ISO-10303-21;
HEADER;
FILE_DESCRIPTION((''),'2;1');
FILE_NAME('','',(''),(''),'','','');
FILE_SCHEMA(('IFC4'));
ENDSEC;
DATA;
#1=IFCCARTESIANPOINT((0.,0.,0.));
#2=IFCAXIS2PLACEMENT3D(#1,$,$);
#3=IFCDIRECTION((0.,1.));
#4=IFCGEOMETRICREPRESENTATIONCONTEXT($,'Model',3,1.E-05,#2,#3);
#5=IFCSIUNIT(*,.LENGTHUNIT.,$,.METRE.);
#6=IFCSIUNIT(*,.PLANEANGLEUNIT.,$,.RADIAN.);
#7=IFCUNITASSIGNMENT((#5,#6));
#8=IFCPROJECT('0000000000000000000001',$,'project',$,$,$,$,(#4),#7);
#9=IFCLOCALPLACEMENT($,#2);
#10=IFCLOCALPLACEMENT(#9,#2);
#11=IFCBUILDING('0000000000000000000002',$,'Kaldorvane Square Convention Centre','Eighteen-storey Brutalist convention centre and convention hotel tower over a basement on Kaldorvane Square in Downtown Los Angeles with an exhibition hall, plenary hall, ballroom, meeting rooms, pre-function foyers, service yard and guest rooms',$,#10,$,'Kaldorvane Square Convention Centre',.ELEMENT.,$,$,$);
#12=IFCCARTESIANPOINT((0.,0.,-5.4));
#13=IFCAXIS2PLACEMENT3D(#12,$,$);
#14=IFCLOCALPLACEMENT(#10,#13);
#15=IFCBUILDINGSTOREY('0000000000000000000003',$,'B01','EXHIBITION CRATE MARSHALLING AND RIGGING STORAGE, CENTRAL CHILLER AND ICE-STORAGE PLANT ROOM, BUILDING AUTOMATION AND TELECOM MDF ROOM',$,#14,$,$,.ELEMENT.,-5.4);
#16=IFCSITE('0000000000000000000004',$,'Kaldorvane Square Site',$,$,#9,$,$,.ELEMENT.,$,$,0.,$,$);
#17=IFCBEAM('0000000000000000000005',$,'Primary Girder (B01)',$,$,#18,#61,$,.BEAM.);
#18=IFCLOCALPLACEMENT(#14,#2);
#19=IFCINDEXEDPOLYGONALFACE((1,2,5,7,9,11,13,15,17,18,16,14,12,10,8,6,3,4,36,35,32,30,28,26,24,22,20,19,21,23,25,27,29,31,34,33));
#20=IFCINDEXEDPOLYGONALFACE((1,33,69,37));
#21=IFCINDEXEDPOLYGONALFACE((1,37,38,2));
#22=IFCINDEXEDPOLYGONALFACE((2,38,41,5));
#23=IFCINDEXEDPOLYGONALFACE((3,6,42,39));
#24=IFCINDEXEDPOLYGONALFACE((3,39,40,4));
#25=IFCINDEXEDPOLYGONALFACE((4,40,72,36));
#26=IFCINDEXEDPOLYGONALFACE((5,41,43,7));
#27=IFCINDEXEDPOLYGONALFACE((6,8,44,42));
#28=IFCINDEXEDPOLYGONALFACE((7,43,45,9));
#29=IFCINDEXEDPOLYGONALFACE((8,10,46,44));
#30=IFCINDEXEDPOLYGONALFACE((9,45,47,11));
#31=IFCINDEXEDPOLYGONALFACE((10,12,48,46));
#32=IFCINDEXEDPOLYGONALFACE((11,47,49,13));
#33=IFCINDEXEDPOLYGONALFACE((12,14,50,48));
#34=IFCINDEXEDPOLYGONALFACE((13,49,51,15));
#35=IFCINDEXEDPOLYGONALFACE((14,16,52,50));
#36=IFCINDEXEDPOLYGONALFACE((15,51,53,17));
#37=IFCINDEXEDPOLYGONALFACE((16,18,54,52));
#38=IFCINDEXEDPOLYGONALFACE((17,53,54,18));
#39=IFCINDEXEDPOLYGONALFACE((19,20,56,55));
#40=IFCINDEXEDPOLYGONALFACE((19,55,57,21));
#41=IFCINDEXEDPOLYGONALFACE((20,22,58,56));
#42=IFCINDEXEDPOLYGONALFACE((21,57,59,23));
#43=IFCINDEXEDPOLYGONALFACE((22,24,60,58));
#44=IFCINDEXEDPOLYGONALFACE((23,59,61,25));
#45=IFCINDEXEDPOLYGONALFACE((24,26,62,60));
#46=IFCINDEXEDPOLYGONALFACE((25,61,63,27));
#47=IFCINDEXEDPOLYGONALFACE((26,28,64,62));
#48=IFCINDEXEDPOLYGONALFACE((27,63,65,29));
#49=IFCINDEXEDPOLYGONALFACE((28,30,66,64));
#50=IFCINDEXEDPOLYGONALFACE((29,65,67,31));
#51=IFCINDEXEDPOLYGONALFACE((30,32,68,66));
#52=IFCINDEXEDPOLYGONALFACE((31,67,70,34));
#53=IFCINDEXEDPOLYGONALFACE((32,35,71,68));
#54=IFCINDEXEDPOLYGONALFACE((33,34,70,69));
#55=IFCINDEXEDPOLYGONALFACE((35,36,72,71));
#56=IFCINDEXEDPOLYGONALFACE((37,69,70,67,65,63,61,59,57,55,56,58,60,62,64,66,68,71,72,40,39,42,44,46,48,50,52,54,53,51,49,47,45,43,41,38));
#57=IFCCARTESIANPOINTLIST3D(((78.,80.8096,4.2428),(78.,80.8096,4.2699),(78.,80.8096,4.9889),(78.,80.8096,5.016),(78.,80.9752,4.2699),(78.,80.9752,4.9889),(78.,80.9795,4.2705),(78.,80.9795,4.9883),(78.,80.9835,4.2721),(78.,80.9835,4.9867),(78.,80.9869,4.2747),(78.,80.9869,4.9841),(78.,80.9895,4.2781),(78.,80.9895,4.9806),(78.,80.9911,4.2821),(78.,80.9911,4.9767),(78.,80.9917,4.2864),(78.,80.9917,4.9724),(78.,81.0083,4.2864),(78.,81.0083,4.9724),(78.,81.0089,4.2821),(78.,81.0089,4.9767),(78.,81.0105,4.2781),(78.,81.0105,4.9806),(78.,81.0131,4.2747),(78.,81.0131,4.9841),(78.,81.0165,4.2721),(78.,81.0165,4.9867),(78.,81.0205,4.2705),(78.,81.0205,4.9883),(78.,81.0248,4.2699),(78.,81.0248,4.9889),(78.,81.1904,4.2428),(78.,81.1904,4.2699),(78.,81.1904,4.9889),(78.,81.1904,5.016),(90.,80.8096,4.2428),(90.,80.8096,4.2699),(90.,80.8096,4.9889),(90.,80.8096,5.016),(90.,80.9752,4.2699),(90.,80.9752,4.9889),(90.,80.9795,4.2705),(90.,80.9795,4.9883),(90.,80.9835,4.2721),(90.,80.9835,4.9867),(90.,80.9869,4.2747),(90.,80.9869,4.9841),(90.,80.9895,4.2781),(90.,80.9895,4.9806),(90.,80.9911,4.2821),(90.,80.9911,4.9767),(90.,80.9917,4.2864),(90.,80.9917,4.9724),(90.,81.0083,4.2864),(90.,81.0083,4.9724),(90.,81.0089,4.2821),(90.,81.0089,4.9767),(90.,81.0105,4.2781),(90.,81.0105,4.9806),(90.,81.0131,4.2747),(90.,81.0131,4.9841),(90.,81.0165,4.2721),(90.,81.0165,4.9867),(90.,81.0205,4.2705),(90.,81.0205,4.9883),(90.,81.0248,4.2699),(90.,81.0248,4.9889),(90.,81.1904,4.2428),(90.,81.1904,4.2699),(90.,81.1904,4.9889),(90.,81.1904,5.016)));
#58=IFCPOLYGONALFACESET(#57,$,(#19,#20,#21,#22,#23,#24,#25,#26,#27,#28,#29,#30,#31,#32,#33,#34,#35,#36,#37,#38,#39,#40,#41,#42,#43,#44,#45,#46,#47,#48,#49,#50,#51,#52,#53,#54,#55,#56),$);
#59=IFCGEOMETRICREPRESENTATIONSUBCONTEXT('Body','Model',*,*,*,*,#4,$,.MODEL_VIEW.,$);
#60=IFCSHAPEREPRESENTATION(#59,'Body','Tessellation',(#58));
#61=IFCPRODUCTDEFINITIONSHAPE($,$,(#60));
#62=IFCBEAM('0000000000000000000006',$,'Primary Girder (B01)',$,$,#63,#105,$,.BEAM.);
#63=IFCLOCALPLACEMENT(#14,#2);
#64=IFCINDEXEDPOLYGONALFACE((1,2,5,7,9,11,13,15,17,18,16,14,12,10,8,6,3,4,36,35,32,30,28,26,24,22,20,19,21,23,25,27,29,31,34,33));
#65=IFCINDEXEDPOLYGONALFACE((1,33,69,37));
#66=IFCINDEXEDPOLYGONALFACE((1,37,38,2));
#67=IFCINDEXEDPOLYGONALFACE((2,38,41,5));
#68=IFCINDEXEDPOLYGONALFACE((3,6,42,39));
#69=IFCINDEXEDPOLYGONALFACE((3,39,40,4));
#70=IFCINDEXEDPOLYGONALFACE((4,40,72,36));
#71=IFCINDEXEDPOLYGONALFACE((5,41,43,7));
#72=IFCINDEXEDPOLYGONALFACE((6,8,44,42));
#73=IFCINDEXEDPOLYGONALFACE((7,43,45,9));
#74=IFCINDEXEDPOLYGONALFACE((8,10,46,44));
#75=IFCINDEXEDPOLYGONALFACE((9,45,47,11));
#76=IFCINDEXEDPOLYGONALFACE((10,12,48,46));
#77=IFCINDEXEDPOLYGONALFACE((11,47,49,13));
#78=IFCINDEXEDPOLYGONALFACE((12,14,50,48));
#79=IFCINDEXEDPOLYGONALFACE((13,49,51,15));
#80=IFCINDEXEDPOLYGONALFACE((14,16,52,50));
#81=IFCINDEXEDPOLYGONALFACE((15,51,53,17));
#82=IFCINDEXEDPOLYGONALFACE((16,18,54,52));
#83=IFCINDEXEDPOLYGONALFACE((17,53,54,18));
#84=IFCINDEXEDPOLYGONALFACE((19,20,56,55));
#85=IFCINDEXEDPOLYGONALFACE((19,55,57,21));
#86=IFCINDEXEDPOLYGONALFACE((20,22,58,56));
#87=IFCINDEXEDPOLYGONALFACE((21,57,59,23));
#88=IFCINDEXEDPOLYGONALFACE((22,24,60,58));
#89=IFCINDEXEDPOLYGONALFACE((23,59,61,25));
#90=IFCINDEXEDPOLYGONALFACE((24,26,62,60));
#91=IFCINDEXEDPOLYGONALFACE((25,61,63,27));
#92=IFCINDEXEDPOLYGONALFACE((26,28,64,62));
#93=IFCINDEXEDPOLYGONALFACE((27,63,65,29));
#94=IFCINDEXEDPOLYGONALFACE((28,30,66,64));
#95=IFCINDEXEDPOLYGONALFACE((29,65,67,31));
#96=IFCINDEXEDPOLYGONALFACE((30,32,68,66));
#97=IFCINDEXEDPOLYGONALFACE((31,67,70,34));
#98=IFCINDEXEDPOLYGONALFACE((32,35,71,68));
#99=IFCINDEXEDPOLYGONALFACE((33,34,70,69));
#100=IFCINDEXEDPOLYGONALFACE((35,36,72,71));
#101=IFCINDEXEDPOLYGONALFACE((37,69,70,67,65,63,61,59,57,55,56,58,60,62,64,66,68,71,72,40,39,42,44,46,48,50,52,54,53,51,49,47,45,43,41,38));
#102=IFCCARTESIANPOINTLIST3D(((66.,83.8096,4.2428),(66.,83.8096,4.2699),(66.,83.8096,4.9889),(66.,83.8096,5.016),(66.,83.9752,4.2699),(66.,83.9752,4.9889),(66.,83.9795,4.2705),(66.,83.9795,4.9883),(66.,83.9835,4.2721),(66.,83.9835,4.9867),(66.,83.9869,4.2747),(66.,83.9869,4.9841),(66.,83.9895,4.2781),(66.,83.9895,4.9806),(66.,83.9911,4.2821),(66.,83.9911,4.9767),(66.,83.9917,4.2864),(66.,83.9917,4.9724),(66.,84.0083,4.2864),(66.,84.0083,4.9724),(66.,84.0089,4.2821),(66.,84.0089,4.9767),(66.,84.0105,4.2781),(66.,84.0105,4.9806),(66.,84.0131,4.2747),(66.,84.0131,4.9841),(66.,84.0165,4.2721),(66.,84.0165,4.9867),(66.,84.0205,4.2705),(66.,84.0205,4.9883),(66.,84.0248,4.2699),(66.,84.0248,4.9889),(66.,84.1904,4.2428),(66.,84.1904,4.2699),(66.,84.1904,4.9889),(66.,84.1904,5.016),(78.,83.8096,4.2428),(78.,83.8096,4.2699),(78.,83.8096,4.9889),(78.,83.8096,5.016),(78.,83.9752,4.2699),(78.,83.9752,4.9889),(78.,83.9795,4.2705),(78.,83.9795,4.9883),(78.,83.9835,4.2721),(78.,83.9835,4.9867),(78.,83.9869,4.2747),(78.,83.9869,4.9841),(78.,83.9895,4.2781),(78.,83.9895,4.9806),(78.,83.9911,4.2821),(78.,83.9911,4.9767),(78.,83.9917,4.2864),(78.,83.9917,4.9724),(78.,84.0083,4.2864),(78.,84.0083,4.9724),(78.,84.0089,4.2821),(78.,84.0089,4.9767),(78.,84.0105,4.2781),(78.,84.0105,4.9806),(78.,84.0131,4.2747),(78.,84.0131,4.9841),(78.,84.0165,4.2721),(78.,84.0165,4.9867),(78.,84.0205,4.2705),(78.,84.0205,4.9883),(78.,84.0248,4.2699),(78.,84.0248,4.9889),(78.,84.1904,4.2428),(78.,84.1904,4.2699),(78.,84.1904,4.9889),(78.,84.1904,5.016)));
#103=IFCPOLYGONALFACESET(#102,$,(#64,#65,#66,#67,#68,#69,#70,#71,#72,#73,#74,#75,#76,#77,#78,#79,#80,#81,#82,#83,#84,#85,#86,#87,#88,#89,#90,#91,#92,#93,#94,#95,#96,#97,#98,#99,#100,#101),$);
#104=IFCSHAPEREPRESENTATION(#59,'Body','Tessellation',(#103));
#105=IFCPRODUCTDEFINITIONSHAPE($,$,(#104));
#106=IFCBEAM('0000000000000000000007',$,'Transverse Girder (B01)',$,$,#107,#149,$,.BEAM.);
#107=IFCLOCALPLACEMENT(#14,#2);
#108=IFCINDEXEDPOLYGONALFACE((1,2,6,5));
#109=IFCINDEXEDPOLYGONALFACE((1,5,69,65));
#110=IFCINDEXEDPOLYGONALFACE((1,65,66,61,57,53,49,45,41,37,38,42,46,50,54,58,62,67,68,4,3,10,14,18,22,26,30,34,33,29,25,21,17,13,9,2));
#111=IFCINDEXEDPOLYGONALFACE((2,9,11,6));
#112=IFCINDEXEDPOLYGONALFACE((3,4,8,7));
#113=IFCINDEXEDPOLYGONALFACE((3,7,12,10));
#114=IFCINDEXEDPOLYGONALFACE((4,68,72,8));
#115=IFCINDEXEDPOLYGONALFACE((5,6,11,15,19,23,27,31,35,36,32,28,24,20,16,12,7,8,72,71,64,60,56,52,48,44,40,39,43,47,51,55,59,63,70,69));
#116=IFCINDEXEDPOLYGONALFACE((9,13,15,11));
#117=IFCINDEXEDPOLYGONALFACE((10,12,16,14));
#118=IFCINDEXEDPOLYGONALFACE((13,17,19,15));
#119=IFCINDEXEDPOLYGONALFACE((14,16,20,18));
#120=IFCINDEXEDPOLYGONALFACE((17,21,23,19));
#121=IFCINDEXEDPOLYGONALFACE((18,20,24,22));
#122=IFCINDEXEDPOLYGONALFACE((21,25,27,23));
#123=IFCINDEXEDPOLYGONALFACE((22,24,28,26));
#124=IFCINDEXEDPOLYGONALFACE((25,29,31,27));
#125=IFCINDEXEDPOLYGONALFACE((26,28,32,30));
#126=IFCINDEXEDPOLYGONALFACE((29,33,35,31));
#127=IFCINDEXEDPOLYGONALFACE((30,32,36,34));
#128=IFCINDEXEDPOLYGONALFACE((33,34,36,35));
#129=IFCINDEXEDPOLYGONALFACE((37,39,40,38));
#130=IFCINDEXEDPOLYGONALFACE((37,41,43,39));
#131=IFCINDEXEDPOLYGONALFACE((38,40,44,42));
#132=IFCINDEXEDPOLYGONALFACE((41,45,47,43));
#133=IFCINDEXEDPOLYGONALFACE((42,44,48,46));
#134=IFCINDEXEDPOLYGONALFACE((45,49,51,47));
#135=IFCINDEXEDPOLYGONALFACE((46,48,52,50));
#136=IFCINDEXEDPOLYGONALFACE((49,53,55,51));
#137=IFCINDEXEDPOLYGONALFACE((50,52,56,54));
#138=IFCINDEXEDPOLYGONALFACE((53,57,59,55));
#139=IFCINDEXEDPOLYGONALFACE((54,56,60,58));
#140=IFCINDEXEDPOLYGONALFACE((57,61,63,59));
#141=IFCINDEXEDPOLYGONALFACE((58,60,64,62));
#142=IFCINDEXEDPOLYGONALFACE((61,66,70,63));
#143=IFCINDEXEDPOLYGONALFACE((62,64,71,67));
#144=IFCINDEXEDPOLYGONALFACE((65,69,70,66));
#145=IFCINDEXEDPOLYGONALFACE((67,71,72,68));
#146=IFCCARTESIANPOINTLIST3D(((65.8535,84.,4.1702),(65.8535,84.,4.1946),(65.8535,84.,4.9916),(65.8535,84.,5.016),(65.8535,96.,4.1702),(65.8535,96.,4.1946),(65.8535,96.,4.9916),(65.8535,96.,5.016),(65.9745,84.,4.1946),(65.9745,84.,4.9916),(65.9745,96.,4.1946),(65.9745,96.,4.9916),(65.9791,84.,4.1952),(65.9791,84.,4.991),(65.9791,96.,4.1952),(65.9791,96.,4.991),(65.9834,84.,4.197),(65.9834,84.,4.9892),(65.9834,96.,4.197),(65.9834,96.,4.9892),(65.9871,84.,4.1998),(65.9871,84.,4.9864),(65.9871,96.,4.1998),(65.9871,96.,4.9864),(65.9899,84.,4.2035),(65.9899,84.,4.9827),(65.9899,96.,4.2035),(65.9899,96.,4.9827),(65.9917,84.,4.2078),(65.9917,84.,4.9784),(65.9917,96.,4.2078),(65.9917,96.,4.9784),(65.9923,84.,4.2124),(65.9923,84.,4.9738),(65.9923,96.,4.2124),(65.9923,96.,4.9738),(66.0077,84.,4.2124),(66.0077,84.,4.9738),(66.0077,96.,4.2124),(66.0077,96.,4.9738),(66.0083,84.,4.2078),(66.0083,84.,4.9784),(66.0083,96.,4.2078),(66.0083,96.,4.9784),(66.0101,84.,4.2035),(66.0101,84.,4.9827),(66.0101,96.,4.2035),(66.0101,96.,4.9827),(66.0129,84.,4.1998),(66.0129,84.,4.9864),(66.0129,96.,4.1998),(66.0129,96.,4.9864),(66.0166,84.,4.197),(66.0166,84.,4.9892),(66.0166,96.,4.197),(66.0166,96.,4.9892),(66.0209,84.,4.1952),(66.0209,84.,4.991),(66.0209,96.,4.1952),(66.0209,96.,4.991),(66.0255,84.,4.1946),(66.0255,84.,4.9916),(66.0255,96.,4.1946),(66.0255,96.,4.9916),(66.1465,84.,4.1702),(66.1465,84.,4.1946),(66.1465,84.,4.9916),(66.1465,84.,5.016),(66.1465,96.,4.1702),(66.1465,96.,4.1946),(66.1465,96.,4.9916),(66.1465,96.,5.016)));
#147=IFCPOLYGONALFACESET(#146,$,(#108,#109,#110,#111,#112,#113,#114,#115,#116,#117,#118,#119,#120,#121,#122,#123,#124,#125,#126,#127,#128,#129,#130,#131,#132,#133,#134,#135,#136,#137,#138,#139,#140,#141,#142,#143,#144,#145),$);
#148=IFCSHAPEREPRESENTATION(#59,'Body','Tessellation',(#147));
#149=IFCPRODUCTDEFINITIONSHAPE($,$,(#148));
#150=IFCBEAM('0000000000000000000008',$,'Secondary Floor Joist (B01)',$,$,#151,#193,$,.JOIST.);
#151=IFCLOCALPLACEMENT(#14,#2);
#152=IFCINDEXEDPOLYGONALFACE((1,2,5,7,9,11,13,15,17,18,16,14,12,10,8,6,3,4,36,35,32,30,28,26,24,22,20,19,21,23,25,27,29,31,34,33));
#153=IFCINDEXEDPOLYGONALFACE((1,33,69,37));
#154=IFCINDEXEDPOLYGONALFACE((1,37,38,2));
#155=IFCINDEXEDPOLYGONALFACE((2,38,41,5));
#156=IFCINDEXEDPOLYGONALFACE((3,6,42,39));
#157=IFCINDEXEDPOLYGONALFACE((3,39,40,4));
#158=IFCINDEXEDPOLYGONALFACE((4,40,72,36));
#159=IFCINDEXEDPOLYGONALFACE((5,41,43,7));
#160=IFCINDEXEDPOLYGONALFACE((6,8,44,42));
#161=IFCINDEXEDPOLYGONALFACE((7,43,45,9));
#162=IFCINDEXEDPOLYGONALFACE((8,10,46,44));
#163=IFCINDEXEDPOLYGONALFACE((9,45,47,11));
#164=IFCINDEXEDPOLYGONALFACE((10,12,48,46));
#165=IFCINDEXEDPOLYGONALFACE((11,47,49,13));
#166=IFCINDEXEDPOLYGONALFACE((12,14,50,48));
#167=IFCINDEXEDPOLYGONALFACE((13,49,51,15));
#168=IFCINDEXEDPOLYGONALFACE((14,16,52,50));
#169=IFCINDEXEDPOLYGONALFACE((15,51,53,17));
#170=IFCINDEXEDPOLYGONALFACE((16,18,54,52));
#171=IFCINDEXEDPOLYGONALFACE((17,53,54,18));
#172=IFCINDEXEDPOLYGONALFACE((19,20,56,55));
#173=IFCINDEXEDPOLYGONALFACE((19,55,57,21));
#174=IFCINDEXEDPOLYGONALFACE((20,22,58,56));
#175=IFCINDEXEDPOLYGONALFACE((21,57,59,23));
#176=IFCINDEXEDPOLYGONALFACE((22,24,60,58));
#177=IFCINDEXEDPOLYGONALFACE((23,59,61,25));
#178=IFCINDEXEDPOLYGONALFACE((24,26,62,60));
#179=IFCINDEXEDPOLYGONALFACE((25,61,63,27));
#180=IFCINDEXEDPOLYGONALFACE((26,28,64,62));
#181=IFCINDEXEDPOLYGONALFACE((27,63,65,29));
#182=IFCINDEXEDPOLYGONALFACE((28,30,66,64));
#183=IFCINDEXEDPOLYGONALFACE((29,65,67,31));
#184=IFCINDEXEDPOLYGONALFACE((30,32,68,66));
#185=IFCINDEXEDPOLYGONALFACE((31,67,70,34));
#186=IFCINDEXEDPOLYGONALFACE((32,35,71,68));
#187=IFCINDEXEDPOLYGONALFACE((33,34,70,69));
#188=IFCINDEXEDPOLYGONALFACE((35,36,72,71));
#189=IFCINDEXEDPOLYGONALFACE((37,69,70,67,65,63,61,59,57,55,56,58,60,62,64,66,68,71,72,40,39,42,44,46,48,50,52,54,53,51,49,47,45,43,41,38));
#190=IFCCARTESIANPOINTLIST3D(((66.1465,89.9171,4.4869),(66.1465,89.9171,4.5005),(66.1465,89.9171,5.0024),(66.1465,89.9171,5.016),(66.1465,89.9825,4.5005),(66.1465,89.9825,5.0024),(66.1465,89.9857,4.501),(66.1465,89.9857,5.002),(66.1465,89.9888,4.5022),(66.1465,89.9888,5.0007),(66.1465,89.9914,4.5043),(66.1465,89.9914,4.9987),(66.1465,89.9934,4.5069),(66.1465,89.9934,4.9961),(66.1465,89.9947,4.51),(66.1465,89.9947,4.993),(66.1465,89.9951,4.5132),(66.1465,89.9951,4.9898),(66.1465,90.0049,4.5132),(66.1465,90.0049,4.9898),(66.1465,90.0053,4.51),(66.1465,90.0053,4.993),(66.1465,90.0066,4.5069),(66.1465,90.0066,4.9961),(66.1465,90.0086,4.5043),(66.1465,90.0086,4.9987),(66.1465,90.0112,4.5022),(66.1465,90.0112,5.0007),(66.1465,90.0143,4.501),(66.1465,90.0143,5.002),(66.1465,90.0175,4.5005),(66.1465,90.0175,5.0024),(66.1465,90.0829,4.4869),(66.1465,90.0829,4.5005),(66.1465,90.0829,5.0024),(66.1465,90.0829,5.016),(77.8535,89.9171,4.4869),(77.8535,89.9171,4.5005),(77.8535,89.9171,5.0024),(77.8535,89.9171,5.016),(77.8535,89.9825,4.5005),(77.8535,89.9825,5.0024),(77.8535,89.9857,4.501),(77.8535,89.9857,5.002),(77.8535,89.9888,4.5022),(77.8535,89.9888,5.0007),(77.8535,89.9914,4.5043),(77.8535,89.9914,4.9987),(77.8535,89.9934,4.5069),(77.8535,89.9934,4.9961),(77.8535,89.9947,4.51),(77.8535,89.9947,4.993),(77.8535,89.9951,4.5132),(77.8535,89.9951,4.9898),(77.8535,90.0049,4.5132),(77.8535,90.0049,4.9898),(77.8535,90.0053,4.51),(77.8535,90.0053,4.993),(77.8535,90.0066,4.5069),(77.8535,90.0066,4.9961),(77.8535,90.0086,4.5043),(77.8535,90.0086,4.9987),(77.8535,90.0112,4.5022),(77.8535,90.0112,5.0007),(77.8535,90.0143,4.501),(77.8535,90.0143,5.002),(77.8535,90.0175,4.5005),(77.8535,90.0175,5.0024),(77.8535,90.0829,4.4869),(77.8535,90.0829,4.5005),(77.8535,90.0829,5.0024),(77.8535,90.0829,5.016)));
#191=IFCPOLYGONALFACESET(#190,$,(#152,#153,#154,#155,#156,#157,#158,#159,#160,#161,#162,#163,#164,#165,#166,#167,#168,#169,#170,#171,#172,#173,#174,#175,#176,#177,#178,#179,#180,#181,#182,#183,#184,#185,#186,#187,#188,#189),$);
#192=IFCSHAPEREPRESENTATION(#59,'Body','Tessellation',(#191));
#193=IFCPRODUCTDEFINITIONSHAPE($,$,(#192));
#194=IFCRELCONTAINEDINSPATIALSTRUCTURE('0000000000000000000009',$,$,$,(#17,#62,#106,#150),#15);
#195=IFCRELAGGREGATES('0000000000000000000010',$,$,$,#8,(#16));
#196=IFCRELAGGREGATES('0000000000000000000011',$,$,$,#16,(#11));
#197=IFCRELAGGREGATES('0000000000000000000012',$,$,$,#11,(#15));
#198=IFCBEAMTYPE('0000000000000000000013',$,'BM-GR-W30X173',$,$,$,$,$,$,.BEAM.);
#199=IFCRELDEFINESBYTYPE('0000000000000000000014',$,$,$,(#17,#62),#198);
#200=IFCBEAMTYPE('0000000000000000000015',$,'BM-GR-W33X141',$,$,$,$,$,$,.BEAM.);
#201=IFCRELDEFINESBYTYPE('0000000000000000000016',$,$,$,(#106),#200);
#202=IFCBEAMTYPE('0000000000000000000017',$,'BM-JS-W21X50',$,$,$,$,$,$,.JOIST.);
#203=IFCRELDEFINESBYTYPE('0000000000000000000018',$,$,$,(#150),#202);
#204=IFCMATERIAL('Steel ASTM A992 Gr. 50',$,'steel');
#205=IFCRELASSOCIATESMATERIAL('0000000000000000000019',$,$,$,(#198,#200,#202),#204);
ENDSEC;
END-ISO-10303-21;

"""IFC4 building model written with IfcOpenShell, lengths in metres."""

from ifc_helpers import new_model, si_unit, direction, frame, origin, origin_2d, place, context, subcontext, project, spatial, i_section, extrude, material, material_profile, profile_set, type_object, element, save


model = new_model("IFC4")

# Units and contexts
model_context = context("Model", 3, precision=1e-05, world=origin(), true_north=direction((0.0, 1.0)))
body_context = subcontext(model_context, "Body", "Model", "MODEL_VIEW")
ifc_project = project(units=[si_unit("LENGTHUNIT", "METRE"), si_unit("PLANEANGLEUNIT", "RADIAN")], contexts=[model_context])

# Site, building, storey
site_placement = place(None, origin())
site = spatial("IfcSite", under=ifc_project, at=site_placement, Name="Kaldorvane Square Site", CompositionType="ELEMENT", RefElevation=0.0)
building_placement = place(site_placement, origin())
building = spatial("IfcBuilding", under=site, at=building_placement, Name="Kaldorvane Square Convention Centre", Description="Eighteen-storey Brutalist convention centre and convention hotel tower over a basement on Kaldorvane Square in Downtown Los Angeles with an exhibition hall, plenary hall, ballroom, meeting rooms, pre-function foyers, service yard and guest rooms", LongName="Kaldorvane Square Convention Centre", CompositionType="ELEMENT")
storey_placement = place(building_placement, frame((0.0, 0.0, -5.4)))
storey = spatial("IfcBuildingStorey", under=building, at=storey_placement, Name="B01", Description="EXHIBITION CRATE MARSHALLING AND RIGGING STORAGE, CENTRAL CHILLER AND ICE-STORAGE PLANT ROOM, BUILDING AUTOMATION AND TELECOM MDF ROOM", CompositionType="ELEMENT", Elevation=-5.4)

# Shared definitions
ifc_material_1 = material(Name="Steel ASTM A992 Gr. 50", Category="steel")

# Beams
ifc_material_profile_1 = material_profile(ifc_material_1, i_section(OverallWidth=0.3807, OverallDepth=0.7732, WebThickness=0.0166, FlangeThickness=0.0271, FilletRadius=0.0165, at=origin_2d()), Name="W30X173")
ifc_profile_set_1 = profile_set([ifc_material_profile_1], Name="Steel ASTM A992 Gr. 50")
beam_type_1 = type_object("IfcBeamType", Name="BM-GR-W30X173", PredefinedType="BEAM", material=ifc_profile_set_1)
for number, where, z_axis, x_axis, name in (
    (1, (78.0, 81.0, 4.6294), (1.0, 0.0, 0.0), (0.0, 1.0, 0.0), "Primary Girder (B01)"),
    (2, (66.0, 84.0, 4.6294), (1.0, 0.0, 0.0), (0.0, 1.0, 0.0), "Primary Girder (B01)"),
):
    element("IfcBeam", number, at=place(storey_placement, frame(where, z_axis=z_axis, x_axis=x_axis)), inside=storey, type_object=beam_type_1, Name=name, PredefinedType="BEAM", context=body_context, shape_type="SweptSolid", body=[
        extrude(i_section(OverallWidth=0.3807, OverallDepth=0.7732, WebThickness=0.0166, FlangeThickness=0.0271, FilletRadius=0.0165, at=origin_2d()), origin(), (0.0, 0.0, 1.0), 12.0),
    ])
ifc_material_profile_2 = material_profile(ifc_material_1, i_section(OverallWidth=0.293, OverallDepth=0.8458, WebThickness=0.0154, FlangeThickness=0.0244, FilletRadius=0.0178, at=origin_2d()), Name="W33X141")
ifc_profile_set_2 = profile_set([ifc_material_profile_2], Name="Steel ASTM A992 Gr. 50")
beam_type_2 = type_object("IfcBeamType", Name="BM-GR-W33X141", PredefinedType="BEAM", material=ifc_profile_set_2)
beam_1_placement = place(storey_placement, frame((66.0, 84.0, 4.5931), z_axis=(0.0, 1.0, 0.0), x_axis=(-1.0, 0.0, 0.0)))
element("IfcBeam", 3, at=beam_1_placement, inside=storey, type_object=beam_type_2, Name="Transverse Girder (B01)", PredefinedType="BEAM", context=body_context, shape_type="SweptSolid", body=[
    extrude(i_section(OverallWidth=0.293, OverallDepth=0.8458, WebThickness=0.0154, FlangeThickness=0.0244, FilletRadius=0.0178, at=origin_2d()), origin(), (0.0, 0.0, 1.0), 12.0),
])
ifc_material_profile_3 = material_profile(ifc_material_1, i_section(OverallWidth=0.1659, OverallDepth=0.5291, WebThickness=0.0097, FlangeThickness=0.0136, FilletRadius=0.0127, at=origin_2d()), Name="W21X50")
ifc_profile_set_3 = profile_set([ifc_material_profile_3], Name="Steel ASTM A992 Gr. 50")
beam_type_3 = type_object("IfcBeamType", Name="BM-JS-W21X50", PredefinedType="JOIST", material=ifc_profile_set_3)
beam_2_placement = place(storey_placement, frame((66.1465, 90.0, 4.7515), z_axis=(1.0, 0.0, 0.0), x_axis=(0.0, 1.0, 0.0)))
element("IfcBeam", 4, at=beam_2_placement, inside=storey, type_object=beam_type_3, Name="Secondary Floor Joist (B01)", PredefinedType="JOIST", context=body_context, shape_type="SweptSolid", body=[
    extrude(i_section(OverallWidth=0.1659, OverallDepth=0.5291, WebThickness=0.0097, FlangeThickness=0.0136, FilletRadius=0.0127, at=origin_2d()), origin(), (0.0, 0.0, 1.0), 11.707),
])

save(model, "model.ifc")
